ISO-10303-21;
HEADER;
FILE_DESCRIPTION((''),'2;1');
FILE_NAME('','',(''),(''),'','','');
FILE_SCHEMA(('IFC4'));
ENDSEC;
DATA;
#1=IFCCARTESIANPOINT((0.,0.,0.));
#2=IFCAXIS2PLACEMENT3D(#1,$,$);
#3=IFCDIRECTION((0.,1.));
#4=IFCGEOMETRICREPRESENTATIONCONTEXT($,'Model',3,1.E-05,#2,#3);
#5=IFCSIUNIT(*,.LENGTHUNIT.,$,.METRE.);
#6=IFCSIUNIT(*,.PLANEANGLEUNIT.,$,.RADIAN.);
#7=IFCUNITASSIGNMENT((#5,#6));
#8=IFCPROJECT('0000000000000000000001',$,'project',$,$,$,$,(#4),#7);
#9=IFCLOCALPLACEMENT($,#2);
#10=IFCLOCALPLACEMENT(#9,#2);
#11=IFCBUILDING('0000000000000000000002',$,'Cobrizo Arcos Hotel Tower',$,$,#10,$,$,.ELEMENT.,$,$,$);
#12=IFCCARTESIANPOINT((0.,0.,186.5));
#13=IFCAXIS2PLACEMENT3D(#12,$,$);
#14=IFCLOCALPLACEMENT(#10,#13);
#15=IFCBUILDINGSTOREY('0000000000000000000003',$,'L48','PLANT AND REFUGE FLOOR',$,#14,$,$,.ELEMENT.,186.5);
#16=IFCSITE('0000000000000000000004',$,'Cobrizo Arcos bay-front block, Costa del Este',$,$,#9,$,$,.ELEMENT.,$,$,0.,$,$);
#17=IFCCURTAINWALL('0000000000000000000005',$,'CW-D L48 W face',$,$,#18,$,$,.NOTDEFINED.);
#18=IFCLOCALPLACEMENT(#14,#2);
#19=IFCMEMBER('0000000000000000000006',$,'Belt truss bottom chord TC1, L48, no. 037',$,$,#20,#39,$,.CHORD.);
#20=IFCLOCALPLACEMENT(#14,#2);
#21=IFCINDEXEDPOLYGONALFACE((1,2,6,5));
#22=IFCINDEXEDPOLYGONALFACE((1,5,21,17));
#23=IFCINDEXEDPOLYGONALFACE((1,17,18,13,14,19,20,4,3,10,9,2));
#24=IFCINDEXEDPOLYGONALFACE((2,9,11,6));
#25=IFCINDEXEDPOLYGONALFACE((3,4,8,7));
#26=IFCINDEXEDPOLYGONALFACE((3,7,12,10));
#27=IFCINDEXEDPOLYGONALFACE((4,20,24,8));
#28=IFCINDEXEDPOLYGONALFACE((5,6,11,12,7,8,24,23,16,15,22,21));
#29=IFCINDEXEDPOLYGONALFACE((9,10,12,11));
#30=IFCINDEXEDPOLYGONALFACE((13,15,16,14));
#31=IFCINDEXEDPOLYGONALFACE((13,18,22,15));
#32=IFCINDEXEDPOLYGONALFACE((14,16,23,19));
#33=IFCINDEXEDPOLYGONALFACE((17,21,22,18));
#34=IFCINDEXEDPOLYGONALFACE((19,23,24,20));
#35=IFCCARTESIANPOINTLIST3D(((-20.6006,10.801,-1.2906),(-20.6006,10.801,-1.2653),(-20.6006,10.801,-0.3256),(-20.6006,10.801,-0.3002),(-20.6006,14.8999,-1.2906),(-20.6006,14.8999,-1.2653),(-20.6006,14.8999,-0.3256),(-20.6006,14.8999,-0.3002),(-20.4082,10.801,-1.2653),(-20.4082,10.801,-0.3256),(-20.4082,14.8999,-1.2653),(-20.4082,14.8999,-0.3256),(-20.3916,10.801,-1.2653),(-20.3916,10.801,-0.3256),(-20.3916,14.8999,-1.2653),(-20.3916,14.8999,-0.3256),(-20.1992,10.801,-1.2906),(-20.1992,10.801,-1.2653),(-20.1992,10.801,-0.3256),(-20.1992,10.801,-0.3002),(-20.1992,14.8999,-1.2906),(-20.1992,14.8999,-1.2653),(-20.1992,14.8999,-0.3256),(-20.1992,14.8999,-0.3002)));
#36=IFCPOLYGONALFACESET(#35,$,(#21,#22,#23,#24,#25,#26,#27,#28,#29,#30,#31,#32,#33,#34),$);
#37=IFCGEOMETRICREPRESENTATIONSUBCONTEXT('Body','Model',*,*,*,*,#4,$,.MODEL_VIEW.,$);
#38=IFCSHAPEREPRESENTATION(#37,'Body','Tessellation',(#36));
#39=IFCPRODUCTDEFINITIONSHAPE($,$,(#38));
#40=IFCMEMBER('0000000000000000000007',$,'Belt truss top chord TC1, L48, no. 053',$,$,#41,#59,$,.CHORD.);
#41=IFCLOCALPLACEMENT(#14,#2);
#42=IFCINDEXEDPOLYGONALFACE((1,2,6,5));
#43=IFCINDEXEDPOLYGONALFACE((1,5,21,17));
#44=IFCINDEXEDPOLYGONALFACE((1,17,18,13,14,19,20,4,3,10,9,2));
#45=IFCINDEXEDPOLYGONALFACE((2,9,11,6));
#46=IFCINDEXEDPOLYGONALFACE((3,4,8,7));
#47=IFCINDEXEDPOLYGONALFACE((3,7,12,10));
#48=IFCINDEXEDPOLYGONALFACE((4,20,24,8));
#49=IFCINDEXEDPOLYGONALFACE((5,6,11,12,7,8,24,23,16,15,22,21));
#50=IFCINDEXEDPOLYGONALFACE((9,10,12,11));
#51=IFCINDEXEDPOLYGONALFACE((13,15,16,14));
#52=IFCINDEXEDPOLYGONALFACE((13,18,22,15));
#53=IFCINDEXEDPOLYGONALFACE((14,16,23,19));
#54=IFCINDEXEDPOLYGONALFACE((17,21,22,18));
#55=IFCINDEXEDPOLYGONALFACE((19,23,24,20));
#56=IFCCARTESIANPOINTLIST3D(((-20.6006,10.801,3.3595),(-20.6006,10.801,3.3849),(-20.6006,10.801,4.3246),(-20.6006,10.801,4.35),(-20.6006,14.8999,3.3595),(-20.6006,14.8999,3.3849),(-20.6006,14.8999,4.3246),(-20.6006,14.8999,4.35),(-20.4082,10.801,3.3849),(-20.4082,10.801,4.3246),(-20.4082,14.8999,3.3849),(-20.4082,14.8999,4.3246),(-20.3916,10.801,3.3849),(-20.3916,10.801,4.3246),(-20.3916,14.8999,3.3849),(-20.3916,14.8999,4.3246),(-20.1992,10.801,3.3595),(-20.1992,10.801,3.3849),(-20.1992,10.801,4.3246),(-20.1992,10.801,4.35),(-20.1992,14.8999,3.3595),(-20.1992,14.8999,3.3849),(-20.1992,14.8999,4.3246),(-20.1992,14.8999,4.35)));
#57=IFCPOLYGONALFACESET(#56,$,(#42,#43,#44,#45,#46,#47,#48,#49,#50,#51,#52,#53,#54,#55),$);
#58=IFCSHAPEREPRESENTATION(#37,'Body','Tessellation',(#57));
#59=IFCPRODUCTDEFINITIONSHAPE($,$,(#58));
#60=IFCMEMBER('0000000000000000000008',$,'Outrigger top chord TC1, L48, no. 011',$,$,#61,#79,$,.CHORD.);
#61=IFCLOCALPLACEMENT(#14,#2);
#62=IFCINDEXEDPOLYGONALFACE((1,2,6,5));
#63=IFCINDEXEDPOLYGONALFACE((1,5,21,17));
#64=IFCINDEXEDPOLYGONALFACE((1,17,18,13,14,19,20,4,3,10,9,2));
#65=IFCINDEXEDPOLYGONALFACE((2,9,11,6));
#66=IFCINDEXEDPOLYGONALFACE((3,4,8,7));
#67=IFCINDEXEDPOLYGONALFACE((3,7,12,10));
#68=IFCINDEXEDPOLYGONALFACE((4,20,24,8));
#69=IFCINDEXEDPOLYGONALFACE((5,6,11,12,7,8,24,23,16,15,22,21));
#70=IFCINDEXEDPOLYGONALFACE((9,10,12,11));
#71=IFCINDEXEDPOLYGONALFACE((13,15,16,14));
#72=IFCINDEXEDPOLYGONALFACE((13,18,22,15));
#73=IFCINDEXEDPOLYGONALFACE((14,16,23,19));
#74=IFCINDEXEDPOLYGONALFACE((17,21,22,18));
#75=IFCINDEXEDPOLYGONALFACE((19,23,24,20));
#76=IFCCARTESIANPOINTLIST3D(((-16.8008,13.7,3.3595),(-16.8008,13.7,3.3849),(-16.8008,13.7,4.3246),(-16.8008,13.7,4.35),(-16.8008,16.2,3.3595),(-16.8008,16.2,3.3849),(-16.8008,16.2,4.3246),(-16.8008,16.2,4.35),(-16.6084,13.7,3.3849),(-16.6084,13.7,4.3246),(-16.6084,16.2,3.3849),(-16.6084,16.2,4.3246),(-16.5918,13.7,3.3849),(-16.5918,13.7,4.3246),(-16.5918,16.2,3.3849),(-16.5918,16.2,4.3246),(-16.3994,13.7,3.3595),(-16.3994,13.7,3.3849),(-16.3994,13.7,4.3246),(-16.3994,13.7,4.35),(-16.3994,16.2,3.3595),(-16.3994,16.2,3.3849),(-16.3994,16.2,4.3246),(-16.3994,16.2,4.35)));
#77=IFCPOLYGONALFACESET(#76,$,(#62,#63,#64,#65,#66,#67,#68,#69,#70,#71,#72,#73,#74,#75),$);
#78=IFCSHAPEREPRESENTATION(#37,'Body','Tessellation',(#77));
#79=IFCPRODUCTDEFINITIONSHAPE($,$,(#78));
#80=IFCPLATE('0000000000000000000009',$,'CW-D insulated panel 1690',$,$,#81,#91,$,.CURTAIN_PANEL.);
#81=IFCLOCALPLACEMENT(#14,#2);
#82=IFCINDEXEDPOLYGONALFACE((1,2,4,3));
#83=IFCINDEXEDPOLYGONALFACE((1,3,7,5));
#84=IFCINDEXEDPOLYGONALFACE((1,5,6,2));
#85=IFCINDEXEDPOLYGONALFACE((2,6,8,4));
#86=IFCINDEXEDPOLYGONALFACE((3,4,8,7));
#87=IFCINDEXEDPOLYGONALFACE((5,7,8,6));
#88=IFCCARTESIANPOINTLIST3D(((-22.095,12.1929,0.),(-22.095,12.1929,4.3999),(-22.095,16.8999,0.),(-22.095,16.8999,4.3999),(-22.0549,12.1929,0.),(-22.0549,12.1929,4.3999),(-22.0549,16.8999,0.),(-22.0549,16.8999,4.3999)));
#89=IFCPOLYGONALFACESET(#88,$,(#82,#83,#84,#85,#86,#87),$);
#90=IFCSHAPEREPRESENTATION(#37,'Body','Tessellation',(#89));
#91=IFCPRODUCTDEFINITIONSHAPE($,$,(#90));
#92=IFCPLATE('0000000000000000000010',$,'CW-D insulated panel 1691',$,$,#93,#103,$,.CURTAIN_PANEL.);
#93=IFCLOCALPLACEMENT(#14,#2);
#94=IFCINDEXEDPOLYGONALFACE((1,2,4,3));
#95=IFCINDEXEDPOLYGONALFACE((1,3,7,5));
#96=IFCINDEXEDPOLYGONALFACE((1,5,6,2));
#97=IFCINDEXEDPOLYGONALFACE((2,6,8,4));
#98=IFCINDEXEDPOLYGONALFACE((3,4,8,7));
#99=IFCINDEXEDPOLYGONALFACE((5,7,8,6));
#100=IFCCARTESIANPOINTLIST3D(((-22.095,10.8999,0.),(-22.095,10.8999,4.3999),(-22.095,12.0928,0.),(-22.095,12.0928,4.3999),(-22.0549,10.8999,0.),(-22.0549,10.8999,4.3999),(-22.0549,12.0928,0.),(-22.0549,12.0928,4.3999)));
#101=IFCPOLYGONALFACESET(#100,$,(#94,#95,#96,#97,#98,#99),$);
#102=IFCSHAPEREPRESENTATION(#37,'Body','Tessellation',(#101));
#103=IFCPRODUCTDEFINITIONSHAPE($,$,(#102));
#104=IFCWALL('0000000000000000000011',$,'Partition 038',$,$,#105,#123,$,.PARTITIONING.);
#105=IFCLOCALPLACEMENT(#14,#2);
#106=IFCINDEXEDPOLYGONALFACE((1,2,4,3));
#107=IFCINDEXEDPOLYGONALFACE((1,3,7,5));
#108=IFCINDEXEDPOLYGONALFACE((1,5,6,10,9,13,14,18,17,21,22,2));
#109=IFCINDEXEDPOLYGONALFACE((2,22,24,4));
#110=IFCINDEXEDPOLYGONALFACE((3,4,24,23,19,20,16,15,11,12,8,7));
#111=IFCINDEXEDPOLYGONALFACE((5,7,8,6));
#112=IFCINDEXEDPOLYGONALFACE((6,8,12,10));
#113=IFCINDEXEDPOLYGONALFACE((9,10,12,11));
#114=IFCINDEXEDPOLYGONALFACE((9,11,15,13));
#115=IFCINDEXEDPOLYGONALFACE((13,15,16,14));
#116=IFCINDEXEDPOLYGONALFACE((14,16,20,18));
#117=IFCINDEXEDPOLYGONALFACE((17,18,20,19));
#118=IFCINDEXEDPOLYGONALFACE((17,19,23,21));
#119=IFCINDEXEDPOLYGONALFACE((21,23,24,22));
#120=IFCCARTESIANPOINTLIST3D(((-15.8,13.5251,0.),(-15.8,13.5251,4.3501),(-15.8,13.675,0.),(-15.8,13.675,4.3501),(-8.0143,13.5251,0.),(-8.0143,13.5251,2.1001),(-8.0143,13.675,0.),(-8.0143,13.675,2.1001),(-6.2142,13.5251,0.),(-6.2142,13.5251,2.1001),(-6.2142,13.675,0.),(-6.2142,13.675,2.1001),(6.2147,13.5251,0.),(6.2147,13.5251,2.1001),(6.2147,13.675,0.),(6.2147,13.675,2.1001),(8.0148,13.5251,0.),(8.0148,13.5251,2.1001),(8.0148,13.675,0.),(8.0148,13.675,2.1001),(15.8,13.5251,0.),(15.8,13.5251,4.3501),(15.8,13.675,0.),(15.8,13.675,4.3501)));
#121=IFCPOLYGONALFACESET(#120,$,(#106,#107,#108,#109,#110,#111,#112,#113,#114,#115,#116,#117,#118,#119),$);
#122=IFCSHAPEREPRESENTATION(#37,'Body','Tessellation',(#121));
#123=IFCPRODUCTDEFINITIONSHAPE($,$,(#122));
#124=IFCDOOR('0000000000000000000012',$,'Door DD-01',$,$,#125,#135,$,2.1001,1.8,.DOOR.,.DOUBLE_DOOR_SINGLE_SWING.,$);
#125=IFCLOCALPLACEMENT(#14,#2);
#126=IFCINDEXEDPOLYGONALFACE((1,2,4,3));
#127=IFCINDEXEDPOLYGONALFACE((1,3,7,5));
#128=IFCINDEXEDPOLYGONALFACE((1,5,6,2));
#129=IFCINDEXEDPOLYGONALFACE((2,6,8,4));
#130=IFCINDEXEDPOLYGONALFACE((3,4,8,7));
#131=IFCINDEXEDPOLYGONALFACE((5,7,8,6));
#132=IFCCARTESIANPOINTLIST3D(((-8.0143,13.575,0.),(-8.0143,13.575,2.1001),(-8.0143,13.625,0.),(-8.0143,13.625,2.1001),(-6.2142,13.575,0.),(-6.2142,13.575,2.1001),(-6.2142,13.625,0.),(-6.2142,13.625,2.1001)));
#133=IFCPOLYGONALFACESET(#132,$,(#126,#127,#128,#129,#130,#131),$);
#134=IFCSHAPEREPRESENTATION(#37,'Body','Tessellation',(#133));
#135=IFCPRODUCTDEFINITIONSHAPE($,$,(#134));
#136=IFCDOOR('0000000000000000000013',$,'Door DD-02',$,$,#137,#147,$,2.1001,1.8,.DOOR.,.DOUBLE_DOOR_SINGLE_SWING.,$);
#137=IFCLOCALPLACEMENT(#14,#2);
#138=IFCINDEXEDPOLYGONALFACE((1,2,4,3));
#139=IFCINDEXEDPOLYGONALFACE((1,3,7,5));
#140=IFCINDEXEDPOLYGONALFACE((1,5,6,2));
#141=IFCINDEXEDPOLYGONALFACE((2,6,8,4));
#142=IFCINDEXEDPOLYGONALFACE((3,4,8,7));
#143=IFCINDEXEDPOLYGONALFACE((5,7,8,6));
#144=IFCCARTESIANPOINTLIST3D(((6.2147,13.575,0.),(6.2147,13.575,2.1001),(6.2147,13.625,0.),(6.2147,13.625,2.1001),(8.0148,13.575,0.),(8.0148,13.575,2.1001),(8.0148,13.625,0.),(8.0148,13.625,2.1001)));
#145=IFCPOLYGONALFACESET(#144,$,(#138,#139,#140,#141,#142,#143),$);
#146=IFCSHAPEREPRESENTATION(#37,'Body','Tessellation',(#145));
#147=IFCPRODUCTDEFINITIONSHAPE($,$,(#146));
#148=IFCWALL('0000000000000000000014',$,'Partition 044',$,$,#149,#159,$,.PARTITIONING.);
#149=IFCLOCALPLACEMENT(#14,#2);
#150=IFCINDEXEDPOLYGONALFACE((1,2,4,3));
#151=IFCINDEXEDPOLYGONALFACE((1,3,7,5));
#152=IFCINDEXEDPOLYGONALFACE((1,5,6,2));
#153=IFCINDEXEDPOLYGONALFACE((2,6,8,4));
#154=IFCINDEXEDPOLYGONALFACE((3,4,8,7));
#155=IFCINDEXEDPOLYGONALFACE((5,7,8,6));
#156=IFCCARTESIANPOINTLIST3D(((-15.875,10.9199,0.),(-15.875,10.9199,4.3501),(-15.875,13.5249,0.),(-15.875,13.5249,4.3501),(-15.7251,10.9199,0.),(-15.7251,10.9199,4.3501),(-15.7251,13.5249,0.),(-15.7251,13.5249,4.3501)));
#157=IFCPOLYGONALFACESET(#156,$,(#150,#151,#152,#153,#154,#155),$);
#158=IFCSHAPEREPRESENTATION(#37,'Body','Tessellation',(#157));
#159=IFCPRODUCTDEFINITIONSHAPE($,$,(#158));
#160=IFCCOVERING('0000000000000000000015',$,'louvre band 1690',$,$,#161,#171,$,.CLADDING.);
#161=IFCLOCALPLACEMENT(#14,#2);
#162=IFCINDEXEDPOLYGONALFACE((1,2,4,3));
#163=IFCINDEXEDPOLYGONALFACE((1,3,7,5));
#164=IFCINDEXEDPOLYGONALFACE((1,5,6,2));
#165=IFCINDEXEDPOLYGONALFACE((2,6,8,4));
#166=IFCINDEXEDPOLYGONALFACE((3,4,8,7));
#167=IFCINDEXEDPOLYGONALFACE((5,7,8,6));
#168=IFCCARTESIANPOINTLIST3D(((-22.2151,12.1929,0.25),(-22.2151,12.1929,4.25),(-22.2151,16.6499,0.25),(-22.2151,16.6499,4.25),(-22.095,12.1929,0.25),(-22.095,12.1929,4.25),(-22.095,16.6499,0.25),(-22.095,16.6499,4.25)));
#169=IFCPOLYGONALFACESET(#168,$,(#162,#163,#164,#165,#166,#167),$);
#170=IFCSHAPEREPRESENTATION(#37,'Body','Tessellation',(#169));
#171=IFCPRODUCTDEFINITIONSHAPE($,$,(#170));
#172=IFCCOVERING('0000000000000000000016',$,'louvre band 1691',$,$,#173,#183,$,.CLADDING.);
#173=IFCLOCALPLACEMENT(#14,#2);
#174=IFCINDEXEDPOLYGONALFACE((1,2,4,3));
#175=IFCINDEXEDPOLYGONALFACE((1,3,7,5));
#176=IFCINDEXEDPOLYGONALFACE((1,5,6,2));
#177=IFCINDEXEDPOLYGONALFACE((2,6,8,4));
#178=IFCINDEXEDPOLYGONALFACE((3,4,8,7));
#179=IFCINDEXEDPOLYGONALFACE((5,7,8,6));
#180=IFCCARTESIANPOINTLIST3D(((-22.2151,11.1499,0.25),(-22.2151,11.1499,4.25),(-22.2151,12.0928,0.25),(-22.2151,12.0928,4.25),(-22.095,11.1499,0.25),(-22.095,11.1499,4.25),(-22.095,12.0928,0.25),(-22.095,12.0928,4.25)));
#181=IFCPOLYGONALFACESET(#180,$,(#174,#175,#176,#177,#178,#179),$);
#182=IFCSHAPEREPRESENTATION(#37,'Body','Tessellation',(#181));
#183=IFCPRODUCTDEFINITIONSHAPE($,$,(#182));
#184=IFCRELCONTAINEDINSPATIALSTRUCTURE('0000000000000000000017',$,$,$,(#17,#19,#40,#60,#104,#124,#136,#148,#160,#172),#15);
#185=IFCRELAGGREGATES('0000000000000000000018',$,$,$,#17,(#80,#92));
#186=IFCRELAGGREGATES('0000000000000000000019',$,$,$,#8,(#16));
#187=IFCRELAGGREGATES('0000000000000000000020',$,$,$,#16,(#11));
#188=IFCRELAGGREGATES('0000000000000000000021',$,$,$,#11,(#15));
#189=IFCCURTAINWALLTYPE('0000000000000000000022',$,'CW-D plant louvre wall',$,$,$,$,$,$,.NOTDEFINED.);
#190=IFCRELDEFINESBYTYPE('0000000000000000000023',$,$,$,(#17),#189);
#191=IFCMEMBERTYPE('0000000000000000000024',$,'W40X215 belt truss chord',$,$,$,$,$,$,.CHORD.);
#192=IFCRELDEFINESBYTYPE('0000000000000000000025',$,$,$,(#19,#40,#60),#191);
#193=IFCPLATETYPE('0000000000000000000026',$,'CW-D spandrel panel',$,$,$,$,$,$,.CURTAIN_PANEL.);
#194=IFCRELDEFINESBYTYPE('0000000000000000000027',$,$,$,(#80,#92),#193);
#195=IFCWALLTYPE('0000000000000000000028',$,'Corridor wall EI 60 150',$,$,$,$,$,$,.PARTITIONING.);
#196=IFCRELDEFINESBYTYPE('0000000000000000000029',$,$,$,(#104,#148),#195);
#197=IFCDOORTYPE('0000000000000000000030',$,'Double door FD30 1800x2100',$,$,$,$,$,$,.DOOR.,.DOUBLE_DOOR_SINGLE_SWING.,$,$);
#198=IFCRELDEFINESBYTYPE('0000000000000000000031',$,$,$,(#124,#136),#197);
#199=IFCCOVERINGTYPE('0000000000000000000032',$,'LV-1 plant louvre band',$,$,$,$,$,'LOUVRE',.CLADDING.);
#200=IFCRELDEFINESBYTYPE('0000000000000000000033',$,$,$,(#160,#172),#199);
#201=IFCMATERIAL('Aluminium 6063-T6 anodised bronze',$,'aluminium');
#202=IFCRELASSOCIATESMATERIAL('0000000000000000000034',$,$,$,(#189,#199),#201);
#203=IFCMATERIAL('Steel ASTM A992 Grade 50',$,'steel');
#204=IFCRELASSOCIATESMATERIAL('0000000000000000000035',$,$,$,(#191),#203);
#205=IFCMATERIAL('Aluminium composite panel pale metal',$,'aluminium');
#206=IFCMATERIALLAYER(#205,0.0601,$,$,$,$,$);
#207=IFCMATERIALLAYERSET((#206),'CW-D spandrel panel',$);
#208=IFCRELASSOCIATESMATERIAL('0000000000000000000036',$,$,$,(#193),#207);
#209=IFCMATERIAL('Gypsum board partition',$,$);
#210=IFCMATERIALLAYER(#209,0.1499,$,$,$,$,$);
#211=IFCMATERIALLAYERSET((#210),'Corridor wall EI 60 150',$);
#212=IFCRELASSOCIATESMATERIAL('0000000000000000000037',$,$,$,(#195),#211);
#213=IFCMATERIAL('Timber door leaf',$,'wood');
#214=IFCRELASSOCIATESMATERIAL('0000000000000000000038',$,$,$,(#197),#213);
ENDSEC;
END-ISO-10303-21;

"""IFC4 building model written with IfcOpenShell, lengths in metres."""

from ifc_helpers import new_model, si_unit, direction, frame, frame_2d, origin, origin_2d, place, context, subcontext, project, spatial, rectangle, i_section, extrude, material, layer, layer_set, material_profile, profile_set, type_object, element, fill, aggregate, save


model = new_model("IFC4")

# Units and contexts
model_context = context("Model", 3, precision=1e-05, world=origin(), true_north=direction((0.0, 1.0)))
body_context = subcontext(model_context, "Body", "Model", "MODEL_VIEW")
ifc_project = project(units=[si_unit("LENGTHUNIT", "METRE"), si_unit("PLANEANGLEUNIT", "RADIAN")], contexts=[model_context])

# Site, building, storey
site_placement = place(None, origin())
site = spatial("IfcSite", under=ifc_project, at=site_placement, Name="Cobrizo Arcos bay-front block, Costa del Este", CompositionType="ELEMENT", RefElevation=0.0)
building_placement = place(site_placement, origin())
building = spatial("IfcBuilding", under=site, at=building_placement, Name="Cobrizo Arcos Hotel Tower", CompositionType="ELEMENT")
storey_placement = place(building_placement, frame((0.0, 0.0, 186.5)))
storey = spatial("IfcBuildingStorey", under=building, at=storey_placement, Name="L48", Description="PLANT AND REFUGE FLOOR", CompositionType="ELEMENT", Elevation=186.5)

# Curtain wall
ifc_material_1 = material(Name="Aluminium 6063-T6 anodised bronze", Category="aluminium")
curtain_wall_type = type_object("IfcCurtainWallType", Name="CW-D plant louvre wall", PredefinedType="NOTDEFINED", material=ifc_material_1)
curtain_wall_placement = place(storey_placement, origin())
curtain_wall = element("IfcCurtainWall", 1, at=curtain_wall_placement, inside=storey, type_object=curtain_wall_type, Name="CW-D L48 W face", PredefinedType="NOTDEFINED")

# Shared definitions
ifc_material_2 = material(Name="Steel ASTM A992 Grade 50", Category="steel")

# Members
ifc_material_profile_1 = material_profile(ifc_material_2, i_section(OverallWidth=0.4014, OverallDepth=0.9905, WebThickness=0.0166, FlangeThickness=0.0254, at=origin_2d()), Name="W40X215")
ifc_profile_set_1 = profile_set([ifc_material_profile_1], Name="Steel ASTM A992 Grade 50")
member_type_1 = type_object("IfcMemberType", Name="W40X215 belt truss chord", PredefinedType="CHORD", material=ifc_profile_set_1)
for number, where, z_axis, x_axis, name in (
    (2, (-20.3999, 14.8999, -0.7954), (0.0, -1.0, 0.0), (1.0, 0.0, 0.0), "Belt truss bottom chord TC1, L48, no. 037"),
    (3, (-20.3999, 14.8999, 3.8547), (0.0, -1.0, 0.0), (1.0, 0.0, 0.0), "Belt truss top chord TC1, L48, no. 053"),
):
    element("IfcMember", number, at=place(storey_placement, frame(where, z_axis=z_axis, x_axis=x_axis)), inside=storey, type_object=member_type_1, Name=name, PredefinedType="CHORD", context=body_context, shape_type="SweptSolid", body=[
        extrude(i_section(OverallWidth=0.4014, OverallDepth=0.9905, WebThickness=0.0166, FlangeThickness=0.0254, at=origin_2d()), origin(), (0.0, 0.0, 1.0), 4.0989),
    ])
member_1_placement = place(storey_placement, frame((-16.6001, 13.7, 3.8547), z_axis=(0.0, 1.0, 0.0), x_axis=(-1.0, 0.0, 0.0)))
element("IfcMember", 4, at=member_1_placement, inside=storey, type_object=member_type_1, Name="Outrigger top chord TC1, L48, no. 011", PredefinedType="CHORD", context=body_context, shape_type="SweptSolid", body=[
    extrude(i_section(OverallWidth=0.4014, OverallDepth=0.9905, WebThickness=0.0166, FlangeThickness=0.0254, at=origin_2d()), origin(), (0.0, 0.0, 1.0), 2.5),
])

# Plates
ifc_material_3 = material(Name="Aluminium composite panel pale metal", Category="aluminium")
ifc_layer_1 = layer(ifc_material_3, 0.0601)
ifc_layer_set_1 = layer_set([ifc_layer_1], Name="CW-D spandrel panel")
plate_type = type_object("IfcPlateType", Name="CW-D spandrel panel", PredefinedType="CURTAIN_PANEL", material=ifc_layer_set_1)
plate_1_placement = place(storey_placement, frame((-22.075, 14.5464, 0.0), z_axis=(0.0, 0.0, 1.0), x_axis=(0.0, -1.0, 0.0)))
plate_1 = element("IfcPlate", 5, at=plate_1_placement, type_object=plate_type, Name="CW-D insulated panel 1690", PredefinedType="CURTAIN_PANEL", context=body_context, shape_type="SweptSolid", body=[
    extrude(rectangle(XDim=4.707, YDim=0.04, at=origin_2d()), origin(), (0.0, 0.0, 1.0), 4.3999),
])
plate_2_placement = place(storey_placement, frame((-22.075, 11.4963, 0.0), z_axis=(0.0, 0.0, 1.0), x_axis=(0.0, -1.0, 0.0)))
plate_2 = element("IfcPlate", 6, at=plate_2_placement, type_object=plate_type, Name="CW-D insulated panel 1691", PredefinedType="CURTAIN_PANEL", context=body_context, shape_type="SweptSolid", body=[
    extrude(rectangle(XDim=1.1929, YDim=0.04, at=origin_2d()), origin(), (0.0, 0.0, 1.0), 4.3999),
])
aggregate(curtain_wall, [plate_1, plate_2])

# Wall, openings, doors
ifc_material_4 = material(Name="Gypsum board partition")
ifc_layer_2 = layer(ifc_material_4, 0.1499)
ifc_layer_set_2 = layer_set([ifc_layer_2], Name="Corridor wall EI 60 150")
wall_type = type_object("IfcWallType", Name="Corridor wall EI 60 150", PredefinedType="PARTITIONING", material=ifc_layer_set_2)
wall_1_placement = place(storey_placement, frame((-15.8, 13.6001, 0.0), z_axis=(0.0, 0.0, 1.0), x_axis=(1.0, 0.0, 0.0)))
wall_1 = element("IfcWall", 7, at=wall_1_placement, inside=storey, type_object=wall_type, Name="Partition 038", PredefinedType="PARTITIONING", context=body_context, shape_type="SweptSolid", body=[
    extrude(rectangle(XDim=31.6001, YDim=0.1499, at=frame_2d((15.8, 0.0))), origin(), (0.0, 0.0, 1.0), 4.3501),
])
opening_1_placement = place(wall_1_placement, frame((7.7859, 0.0, 0.0)))
opening_1 = element("IfcOpeningElement", 8, at=opening_1_placement, cuts=wall_1, PredefinedType="OPENING", context=body_context, shape_type="SweptSolid", body=[
    extrude(rectangle(XDim=1.8, YDim=2.1001, at=frame_2d((0.8999, 1.05))), frame((0.0, 0.0869, 0.0), z_axis=(0.0, -1.0, 0.0), x_axis=(1.0, 0.0, 0.0)), (0.0, 0.0, 1.0), 0.1738),
])
opening_2_placement = place(wall_1_placement, frame((22.0149, 0.0, 0.0)))
opening_2 = element("IfcOpeningElement", 9, at=opening_2_placement, cuts=wall_1, PredefinedType="OPENING", context=body_context, shape_type="SweptSolid", body=[
    extrude(rectangle(XDim=1.8, YDim=2.1001, at=frame_2d((0.8999, 1.05))), frame((0.0, 0.0869, 0.0), z_axis=(0.0, -1.0, 0.0), x_axis=(1.0, 0.0, 0.0)), (0.0, 0.0, 1.0), 0.1738),
])
ifc_material_5 = material(Name="Timber door leaf", Category="wood")
door_type = type_object("IfcDoorType", Name="Double door FD30 1800x2100", OperationType="DOUBLE_DOOR_SINGLE_SWING", PredefinedType="DOOR", material=ifc_material_5)
door_1_placement = place(opening_1_placement, origin())
door_1 = element("IfcDoor", 10, at=door_1_placement, inside=storey, type_object=door_type, Name="Door DD-01", OperationType="DOUBLE_DOOR_SINGLE_SWING", OverallHeight=2.1001, OverallWidth=1.8, PredefinedType="DOOR", context=body_context, shape_type="SweptSolid", body=[
    extrude(rectangle(XDim=1.8, YDim=2.1001, at=frame_2d((0.8999, 1.05))), frame((0.0, 0.0249, 0.0), z_axis=(0.0, -1.0, 0.0), x_axis=(1.0, 0.0, 0.0)), (0.0, 0.0, 1.0), 0.05),
])
fill(opening_1, door_1)
door_2_placement = place(opening_2_placement, origin())
door_2 = element("IfcDoor", 11, at=door_2_placement, inside=storey, type_object=door_type, Name="Door DD-02", OperationType="DOUBLE_DOOR_SINGLE_SWING", OverallHeight=2.1001, OverallWidth=1.8, PredefinedType="DOOR", context=body_context, shape_type="SweptSolid", body=[
    extrude(rectangle(XDim=1.8, YDim=2.1001, at=frame_2d((0.8999, 1.05))), frame((0.0, 0.0249, 0.0), z_axis=(0.0, -1.0, 0.0), x_axis=(1.0, 0.0, 0.0)), (0.0, 0.0, 1.0), 0.05),
])
fill(opening_2, door_2)

# Wall
wall_2_placement = place(storey_placement, frame((-15.8, 10.9199, 0.0), z_axis=(0.0, 0.0, 1.0), x_axis=(0.0, 1.0, 0.0)))
element("IfcWall", 12, at=wall_2_placement, inside=storey, type_object=wall_type, Name="Partition 044", PredefinedType="PARTITIONING", context=body_context, shape_type="SweptSolid", body=[
    extrude(rectangle(XDim=2.605, YDim=0.1499, at=frame_2d((1.3025, 0.0))), origin(), (0.0, 0.0, 1.0), 4.3501),
])

# Coverings
covering_type = type_object("IfcCoveringType", Name="LV-1 plant louvre band", ElementType="LOUVRE", PredefinedType="CLADDING", material=ifc_material_1)
covering_1_placement = place(storey_placement, frame((-22.155, 14.4214, 0.25), z_axis=(0.0, 0.0, 1.0), x_axis=(0.0, -1.0, 0.0)))
element("IfcCovering", 13, at=covering_1_placement, inside=storey, type_object=covering_type, Name="louvre band 1690", PredefinedType="CLADDING", context=body_context, shape_type="SweptSolid", body=[
    extrude(rectangle(XDim=4.457, YDim=0.1201, at=origin_2d()), origin(), (0.0, 0.0, 1.0), 4.0),
])
covering_2_placement = place(storey_placement, frame((-22.155, 11.6213, 0.25), z_axis=(0.0, 0.0, 1.0), x_axis=(0.0, -1.0, 0.0)))
element("IfcCovering", 14, at=covering_2_placement, inside=storey, type_object=covering_type, Name="louvre band 1691", PredefinedType="CLADDING", context=body_context, shape_type="SweptSolid", body=[
    extrude(rectangle(XDim=0.9429, YDim=0.1201, at=origin_2d()), origin(), (0.0, 0.0, 1.0), 4.0),
])

save(model, "model.ifc")
